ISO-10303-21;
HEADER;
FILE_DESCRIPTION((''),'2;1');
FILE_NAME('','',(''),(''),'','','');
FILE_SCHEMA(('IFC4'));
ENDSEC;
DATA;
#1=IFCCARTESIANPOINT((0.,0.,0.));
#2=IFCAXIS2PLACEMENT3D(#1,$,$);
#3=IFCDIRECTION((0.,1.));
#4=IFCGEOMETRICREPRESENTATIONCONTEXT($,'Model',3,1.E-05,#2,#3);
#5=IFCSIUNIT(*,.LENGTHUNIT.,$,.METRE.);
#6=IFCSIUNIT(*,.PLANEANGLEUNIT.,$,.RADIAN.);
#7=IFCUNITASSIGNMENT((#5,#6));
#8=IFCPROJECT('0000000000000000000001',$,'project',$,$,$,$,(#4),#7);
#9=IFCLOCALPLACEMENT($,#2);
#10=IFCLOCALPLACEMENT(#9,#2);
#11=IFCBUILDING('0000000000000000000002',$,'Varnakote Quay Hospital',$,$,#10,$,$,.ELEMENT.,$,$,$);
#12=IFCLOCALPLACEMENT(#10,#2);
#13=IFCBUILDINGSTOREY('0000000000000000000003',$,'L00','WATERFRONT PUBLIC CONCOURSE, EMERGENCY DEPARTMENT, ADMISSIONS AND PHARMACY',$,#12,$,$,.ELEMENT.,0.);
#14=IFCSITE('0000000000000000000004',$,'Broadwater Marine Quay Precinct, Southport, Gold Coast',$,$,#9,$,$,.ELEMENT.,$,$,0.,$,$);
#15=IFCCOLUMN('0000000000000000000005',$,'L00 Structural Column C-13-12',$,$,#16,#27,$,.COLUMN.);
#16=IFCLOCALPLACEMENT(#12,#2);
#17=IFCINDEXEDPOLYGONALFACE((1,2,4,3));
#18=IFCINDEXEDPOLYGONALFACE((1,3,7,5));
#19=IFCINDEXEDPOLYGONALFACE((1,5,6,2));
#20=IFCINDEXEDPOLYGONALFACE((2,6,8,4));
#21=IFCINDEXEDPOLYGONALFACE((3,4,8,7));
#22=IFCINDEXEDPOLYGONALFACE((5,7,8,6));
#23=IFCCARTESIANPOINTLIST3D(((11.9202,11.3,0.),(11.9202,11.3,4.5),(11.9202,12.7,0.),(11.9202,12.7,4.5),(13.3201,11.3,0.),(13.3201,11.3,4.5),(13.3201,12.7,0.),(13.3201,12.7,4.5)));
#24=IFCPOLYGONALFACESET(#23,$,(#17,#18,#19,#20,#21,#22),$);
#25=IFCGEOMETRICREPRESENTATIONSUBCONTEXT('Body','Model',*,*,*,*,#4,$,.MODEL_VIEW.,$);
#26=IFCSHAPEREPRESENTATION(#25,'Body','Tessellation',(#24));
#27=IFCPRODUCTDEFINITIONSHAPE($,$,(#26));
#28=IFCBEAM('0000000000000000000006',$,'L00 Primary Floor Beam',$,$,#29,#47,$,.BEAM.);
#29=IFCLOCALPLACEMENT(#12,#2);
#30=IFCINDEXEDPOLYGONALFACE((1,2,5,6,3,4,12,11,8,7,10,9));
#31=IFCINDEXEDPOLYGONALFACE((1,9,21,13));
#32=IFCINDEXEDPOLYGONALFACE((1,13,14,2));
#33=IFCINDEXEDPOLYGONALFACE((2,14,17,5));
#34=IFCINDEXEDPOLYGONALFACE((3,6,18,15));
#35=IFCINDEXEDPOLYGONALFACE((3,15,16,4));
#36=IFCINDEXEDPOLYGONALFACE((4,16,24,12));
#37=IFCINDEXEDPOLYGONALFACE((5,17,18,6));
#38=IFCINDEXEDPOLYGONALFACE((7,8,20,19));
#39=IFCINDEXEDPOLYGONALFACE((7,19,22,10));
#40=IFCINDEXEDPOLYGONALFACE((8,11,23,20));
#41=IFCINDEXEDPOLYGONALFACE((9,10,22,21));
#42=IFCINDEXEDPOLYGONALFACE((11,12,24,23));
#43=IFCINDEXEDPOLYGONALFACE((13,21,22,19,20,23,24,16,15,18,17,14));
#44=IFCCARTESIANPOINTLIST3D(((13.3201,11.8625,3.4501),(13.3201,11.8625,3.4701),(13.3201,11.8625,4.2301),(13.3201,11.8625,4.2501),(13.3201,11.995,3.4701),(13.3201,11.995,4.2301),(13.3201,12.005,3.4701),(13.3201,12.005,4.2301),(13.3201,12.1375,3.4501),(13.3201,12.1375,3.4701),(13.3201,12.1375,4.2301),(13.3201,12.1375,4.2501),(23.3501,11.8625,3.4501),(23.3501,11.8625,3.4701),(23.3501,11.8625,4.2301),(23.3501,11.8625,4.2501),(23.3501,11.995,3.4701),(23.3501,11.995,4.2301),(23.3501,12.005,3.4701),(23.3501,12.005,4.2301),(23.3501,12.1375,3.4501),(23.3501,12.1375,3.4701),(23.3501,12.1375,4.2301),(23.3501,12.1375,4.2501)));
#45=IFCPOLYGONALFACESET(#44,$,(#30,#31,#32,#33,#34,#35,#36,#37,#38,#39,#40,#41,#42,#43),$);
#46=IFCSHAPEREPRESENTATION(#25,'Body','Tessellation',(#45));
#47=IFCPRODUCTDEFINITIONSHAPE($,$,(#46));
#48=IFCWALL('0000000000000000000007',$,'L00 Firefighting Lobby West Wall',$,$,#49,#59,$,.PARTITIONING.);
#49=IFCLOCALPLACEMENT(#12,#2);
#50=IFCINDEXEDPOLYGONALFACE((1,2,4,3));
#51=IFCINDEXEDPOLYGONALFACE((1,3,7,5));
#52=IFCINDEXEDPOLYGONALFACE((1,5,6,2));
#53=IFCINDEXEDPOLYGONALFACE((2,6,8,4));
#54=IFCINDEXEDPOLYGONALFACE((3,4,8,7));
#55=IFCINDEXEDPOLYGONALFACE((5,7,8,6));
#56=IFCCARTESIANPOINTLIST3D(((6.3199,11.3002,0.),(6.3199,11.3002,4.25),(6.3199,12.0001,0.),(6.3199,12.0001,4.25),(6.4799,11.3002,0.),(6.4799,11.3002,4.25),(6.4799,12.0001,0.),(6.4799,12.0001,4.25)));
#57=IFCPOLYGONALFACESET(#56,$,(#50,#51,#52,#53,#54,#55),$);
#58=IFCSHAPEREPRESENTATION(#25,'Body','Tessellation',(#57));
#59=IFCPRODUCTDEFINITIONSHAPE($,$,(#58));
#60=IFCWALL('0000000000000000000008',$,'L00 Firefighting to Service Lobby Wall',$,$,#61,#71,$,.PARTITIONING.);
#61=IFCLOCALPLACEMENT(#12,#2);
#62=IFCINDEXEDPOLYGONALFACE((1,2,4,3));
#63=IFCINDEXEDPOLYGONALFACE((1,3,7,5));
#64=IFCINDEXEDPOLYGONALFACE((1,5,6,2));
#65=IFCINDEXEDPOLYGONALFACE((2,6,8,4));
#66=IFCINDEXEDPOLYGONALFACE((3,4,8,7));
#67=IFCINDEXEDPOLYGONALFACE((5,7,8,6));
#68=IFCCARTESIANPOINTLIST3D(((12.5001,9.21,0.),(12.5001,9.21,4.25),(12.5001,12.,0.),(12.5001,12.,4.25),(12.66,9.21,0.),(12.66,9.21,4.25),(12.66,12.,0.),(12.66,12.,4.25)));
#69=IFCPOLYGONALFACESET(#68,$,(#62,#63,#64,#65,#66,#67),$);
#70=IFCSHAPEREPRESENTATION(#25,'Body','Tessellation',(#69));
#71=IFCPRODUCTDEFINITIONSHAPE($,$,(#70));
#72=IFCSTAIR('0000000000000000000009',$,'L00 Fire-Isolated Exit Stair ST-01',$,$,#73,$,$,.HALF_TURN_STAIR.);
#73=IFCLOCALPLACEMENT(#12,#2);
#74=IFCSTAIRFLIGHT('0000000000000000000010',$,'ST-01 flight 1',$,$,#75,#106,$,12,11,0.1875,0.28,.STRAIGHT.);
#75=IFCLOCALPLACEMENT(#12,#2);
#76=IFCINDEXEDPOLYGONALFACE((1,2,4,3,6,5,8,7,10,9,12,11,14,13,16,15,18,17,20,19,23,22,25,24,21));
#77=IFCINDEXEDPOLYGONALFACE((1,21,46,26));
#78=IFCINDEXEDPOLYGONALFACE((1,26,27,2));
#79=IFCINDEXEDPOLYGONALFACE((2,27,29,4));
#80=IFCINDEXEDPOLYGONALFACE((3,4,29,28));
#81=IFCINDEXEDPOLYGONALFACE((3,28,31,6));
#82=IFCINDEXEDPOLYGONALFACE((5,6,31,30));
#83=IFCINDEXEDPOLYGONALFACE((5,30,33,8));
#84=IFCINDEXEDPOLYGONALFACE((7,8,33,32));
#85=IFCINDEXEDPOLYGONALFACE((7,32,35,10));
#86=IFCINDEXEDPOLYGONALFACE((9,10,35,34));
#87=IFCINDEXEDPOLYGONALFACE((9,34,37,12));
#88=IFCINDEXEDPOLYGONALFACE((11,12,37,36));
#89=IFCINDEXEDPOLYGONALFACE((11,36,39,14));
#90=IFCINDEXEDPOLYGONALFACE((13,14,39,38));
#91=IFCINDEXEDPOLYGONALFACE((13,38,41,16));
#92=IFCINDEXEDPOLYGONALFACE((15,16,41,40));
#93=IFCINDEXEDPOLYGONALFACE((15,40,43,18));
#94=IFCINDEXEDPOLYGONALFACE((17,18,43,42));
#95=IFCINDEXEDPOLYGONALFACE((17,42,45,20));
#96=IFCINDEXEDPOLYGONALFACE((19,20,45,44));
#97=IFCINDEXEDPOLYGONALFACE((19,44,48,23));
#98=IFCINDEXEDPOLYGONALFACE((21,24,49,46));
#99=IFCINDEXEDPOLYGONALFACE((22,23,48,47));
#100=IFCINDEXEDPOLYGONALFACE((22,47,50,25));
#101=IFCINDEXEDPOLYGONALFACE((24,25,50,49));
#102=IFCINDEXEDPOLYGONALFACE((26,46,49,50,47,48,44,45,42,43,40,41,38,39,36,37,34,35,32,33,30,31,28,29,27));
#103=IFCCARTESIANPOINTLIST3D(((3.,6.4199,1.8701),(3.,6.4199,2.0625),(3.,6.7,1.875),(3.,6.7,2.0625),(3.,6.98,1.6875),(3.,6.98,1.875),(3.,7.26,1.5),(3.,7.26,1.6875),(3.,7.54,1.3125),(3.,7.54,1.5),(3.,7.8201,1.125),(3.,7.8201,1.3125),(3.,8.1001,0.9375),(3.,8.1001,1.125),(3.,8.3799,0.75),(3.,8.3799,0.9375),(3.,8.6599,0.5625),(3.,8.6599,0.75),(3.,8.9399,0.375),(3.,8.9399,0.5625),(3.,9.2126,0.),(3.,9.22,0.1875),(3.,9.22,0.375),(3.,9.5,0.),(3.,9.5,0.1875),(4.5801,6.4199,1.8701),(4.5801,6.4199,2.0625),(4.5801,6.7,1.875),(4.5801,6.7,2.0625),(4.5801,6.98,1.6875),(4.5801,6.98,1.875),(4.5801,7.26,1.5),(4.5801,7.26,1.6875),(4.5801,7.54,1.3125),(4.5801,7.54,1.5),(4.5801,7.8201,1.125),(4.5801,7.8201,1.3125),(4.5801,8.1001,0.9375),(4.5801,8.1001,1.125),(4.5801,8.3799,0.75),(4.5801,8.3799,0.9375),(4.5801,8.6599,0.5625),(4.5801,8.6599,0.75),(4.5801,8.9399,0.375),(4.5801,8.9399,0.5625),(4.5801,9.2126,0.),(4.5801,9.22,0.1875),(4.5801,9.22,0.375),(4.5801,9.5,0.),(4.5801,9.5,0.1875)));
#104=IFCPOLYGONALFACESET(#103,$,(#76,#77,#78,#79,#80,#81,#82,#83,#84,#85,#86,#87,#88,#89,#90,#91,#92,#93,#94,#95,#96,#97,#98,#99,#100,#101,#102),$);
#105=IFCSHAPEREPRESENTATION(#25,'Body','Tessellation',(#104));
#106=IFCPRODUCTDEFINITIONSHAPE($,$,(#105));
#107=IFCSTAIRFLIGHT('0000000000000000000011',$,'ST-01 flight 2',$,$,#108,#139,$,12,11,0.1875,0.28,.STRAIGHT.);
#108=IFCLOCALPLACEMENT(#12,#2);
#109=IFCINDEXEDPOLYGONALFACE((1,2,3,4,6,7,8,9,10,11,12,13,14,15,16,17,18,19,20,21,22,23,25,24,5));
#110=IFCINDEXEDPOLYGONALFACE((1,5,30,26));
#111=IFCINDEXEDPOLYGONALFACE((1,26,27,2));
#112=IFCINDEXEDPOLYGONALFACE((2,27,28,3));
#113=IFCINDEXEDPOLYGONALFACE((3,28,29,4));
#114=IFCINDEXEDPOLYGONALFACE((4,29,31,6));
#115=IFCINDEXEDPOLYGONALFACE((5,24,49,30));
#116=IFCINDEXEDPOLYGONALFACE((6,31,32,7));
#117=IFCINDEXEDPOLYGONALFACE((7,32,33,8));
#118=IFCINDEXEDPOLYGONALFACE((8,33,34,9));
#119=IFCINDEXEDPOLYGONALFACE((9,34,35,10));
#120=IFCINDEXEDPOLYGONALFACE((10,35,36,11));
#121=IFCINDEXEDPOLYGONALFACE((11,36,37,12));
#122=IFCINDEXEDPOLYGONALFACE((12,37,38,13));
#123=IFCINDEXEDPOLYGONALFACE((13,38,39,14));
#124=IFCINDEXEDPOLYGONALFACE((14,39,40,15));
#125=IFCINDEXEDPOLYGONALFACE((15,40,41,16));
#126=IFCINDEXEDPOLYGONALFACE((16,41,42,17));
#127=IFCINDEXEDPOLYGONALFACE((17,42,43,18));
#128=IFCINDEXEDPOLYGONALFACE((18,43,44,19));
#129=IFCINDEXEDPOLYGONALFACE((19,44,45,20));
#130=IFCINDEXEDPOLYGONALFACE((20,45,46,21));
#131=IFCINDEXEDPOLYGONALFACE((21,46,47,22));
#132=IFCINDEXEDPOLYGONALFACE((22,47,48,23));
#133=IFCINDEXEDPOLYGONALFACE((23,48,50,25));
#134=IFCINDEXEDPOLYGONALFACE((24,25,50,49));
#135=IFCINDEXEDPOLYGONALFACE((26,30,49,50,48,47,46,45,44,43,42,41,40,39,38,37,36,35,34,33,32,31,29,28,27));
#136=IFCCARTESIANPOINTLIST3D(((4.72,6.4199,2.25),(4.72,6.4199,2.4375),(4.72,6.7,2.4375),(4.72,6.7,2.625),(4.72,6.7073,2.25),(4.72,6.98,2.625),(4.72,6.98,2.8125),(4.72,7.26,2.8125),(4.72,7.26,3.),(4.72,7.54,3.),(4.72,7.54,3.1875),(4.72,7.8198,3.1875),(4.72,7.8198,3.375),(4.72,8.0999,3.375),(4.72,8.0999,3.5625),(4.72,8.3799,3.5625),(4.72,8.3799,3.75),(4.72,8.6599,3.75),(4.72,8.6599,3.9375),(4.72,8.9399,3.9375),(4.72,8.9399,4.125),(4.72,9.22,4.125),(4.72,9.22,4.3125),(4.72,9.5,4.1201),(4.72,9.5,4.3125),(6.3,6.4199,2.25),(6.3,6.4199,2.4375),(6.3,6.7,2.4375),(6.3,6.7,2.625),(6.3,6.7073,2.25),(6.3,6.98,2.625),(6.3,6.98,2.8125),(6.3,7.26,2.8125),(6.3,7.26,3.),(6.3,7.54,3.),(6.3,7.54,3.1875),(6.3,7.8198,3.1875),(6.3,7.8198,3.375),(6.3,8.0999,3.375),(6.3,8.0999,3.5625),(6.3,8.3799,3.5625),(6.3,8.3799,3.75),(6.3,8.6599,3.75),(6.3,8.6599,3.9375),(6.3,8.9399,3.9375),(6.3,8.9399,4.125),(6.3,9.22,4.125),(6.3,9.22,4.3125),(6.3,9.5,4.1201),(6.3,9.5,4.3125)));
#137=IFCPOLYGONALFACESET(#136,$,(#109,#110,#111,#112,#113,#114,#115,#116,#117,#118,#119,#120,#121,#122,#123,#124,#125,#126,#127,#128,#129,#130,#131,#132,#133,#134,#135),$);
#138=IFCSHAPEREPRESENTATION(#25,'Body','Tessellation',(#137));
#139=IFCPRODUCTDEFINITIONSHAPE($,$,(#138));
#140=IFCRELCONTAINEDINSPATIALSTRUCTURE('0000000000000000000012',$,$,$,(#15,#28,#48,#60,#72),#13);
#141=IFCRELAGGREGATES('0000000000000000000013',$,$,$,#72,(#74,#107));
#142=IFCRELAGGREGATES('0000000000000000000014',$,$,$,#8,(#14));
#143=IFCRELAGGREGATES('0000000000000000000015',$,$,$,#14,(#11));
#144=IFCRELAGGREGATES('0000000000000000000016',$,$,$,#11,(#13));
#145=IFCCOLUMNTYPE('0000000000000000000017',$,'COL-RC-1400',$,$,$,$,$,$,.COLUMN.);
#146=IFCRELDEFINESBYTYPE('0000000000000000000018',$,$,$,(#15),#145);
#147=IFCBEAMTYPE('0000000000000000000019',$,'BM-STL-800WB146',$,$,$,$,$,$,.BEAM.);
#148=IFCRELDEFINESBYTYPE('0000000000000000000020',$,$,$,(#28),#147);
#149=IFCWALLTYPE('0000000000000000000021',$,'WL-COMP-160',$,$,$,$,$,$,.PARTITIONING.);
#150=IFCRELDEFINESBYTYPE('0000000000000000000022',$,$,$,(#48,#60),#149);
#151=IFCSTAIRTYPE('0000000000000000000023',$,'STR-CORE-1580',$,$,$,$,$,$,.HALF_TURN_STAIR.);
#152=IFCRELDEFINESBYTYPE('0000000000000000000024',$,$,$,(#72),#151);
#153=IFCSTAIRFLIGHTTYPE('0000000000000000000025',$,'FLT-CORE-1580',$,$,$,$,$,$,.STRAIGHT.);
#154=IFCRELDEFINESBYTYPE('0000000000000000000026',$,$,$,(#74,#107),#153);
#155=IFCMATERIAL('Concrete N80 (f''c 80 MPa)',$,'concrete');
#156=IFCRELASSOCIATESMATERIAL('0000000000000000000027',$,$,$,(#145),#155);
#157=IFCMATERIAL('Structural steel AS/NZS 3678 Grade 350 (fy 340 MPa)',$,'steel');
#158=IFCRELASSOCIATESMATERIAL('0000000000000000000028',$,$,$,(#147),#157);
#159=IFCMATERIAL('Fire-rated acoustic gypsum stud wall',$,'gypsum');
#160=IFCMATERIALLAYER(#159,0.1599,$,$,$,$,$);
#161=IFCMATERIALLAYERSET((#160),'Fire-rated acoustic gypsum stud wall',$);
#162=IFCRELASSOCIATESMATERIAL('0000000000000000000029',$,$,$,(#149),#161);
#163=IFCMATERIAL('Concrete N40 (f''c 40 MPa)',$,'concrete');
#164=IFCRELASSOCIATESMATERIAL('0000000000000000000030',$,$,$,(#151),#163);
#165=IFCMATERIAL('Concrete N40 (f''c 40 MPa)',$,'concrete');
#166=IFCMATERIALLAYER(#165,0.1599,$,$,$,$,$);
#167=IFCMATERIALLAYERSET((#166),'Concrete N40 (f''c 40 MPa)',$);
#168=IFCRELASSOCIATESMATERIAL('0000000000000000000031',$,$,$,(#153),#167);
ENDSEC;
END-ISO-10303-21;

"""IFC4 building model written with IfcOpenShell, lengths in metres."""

from ifc_helpers import new_model, si_unit, direction, frame, frame_2d, origin, origin_2d, place, context, subcontext, project, spatial, polyline, rectangle, i_section, outline, extrude, material, layer, layer_set, material_profile, profile_set, type_object, element, aggregate, save


model = new_model("IFC4")

# Units and contexts
model_context = context("Model", 3, precision=1e-05, world=origin(), true_north=direction((0.0, 1.0)))
body_context = subcontext(model_context, "Body", "Model", "MODEL_VIEW")
ifc_project = project(units=[si_unit("LENGTHUNIT", "METRE"), si_unit("PLANEANGLEUNIT", "RADIAN")], contexts=[model_context])

# Site, building, storey
site_placement = place(None, origin())
site = spatial("IfcSite", under=ifc_project, at=site_placement, Name="Broadwater Marine Quay Precinct, Southport, Gold Coast", CompositionType="ELEMENT", RefElevation=0.0)
building_placement = place(site_placement, origin())
building = spatial("IfcBuilding", under=site, at=building_placement, Name="Varnakote Quay Hospital", CompositionType="ELEMENT")
storey_placement = place(building_placement, origin())
storey = spatial("IfcBuildingStorey", under=building, at=storey_placement, Name="L00", Description="WATERFRONT PUBLIC CONCOURSE, EMERGENCY DEPARTMENT, ADMISSIONS AND PHARMACY", CompositionType="ELEMENT", Elevation=0.0)

# Column
ifc_material_1 = material(Name="Concrete N80 (f'c 80 MPa)", Category="concrete")
ifc_material_profile_1 = material_profile(ifc_material_1, rectangle(XDim=1.3999, YDim=1.3999, at=origin_2d()), Name="RC-COL-1400x1400")
ifc_profile_set_1 = profile_set([ifc_material_profile_1], Name="Concrete N80 (f'c 80 MPa)")
column_type = type_object("IfcColumnType", Name="COL-RC-1400", PredefinedType="COLUMN", material=ifc_profile_set_1)
column_placement = place(storey_placement, frame((12.6201, 12.0, 0.0), z_axis=(0.0, 0.0, 1.0), x_axis=(1.0, 0.0, 0.0)))
element("IfcColumn", 1, at=column_placement, inside=storey, type_object=column_type, Name="L00 Structural Column C-13-12", PredefinedType="COLUMN", context=body_context, shape_type="SweptSolid", body=[
    extrude(rectangle(XDim=1.3999, YDim=1.3999, at=origin_2d()), origin(), (0.0, 0.0, 1.0), 4.5),
])

# Beam
ifc_material_2 = material(Name="Structural steel AS/NZS 3678 Grade 350 (fy 340 MPa)", Category="steel")
ifc_material_profile_2 = material_profile(ifc_material_2, i_section(OverallWidth=0.2749, OverallDepth=0.8, WebThickness=0.01, FlangeThickness=0.02, at=origin_2d()), Name="800WB146")
ifc_profile_set_2 = profile_set([ifc_material_profile_2], Name="Structural steel AS/NZS 3678 Grade 350 (fy 340 MPa)")
beam_type = type_object("IfcBeamType", Name="BM-STL-800WB146", PredefinedType="BEAM", material=ifc_profile_set_2)
beam_placement = place(storey_placement, frame((13.3201, 12.0, 3.8501), z_axis=(1.0, 0.0, 0.0), x_axis=(0.0, 1.0, 0.0)))
element("IfcBeam", 2, at=beam_placement, inside=storey, type_object=beam_type, Name="L00 Primary Floor Beam", PredefinedType="BEAM", context=body_context, shape_type="SweptSolid", body=[
    extrude(i_section(OverallWidth=0.2749, OverallDepth=0.8, WebThickness=0.01, FlangeThickness=0.02, at=origin_2d()), origin(), (0.0, 0.0, 1.0), 10.03),
])

# Walls
ifc_material_3 = material(Name="Fire-rated acoustic gypsum stud wall", Category="gypsum")
ifc_layer_1 = layer(ifc_material_3, 0.1599)
ifc_layer_set_1 = layer_set([ifc_layer_1], Name="Fire-rated acoustic gypsum stud wall")
wall_type_1 = type_object("IfcWallType", Name="WL-COMP-160", PredefinedType="PARTITIONING", material=ifc_layer_set_1)
wall_1_placement = place(storey_placement, frame((6.3999, 11.3, 0.0), z_axis=(0.0, 0.0, 1.0), x_axis=(0.0, 1.0, 0.0)))
element("IfcWall", 3, at=wall_1_placement, inside=storey, type_object=wall_type_1, Name="L00 Firefighting Lobby West Wall", PredefinedType="PARTITIONING", context=body_context, shape_type="SweptSolid", body=[
    extrude(rectangle(XDim=0.7, YDim=0.1599, at=frame_2d((0.3501, 0.0))), origin(), (0.0, 0.0, 1.0), 4.25),
])
wall_2_placement = place(storey_placement, frame((12.5801, 9.21, 0.0), z_axis=(0.0, 0.0, 1.0), x_axis=(0.0, 1.0, 0.0)))
element("IfcWall", 4, at=wall_2_placement, inside=storey, type_object=wall_type_1, Name="L00 Firefighting to Service Lobby Wall", PredefinedType="PARTITIONING", context=body_context, shape_type="SweptSolid", body=[
    extrude(rectangle(XDim=2.79, YDim=0.1599, at=frame_2d((1.395, 0.0))), origin(), (0.0, 0.0, 1.0), 4.25),
])

# Stair, stair flights
ifc_material_4 = material(Name="Concrete N40 (f'c 40 MPa)", Category="concrete")
stair_type = type_object("IfcStairType", Name="STR-CORE-1580", PredefinedType="HALF_TURN_STAIR", material=ifc_material_4)
stair_placement = place(storey_placement, origin())
stair = element("IfcStair", 5, at=stair_placement, inside=storey, type_object=stair_type, Name="L00 Fire-Isolated Exit Stair ST-01", PredefinedType="HALF_TURN_STAIR")
ifc_material_5 = material(Name="Concrete N40 (f'c 40 MPa)", Category="concrete")
ifc_layer_2 = layer(ifc_material_5, 0.1599)
ifc_layer_set_2 = layer_set([ifc_layer_2], Name="Concrete N40 (f'c 40 MPa)")
stair_flight_type = type_object("IfcStairFlightType", Name="FLT-CORE-1580", PredefinedType="STRAIGHT", material=ifc_layer_set_2)
stair_flight_1_placement = place(storey_placement, frame((3.79, 9.5, 0.0), z_axis=(0.0, 0.0, 1.0), x_axis=(0.0, -1.0, 0.0)))
stair_flight_1 = element("IfcStairFlight", 6, at=stair_flight_1_placement, type_object=stair_flight_type, Name="ST-01 flight 1", NumberOfRisers=12, NumberOfTreads=11, PredefinedType="STRAIGHT", RiserHeight=0.1875, TreadLength=0.28, context=body_context, shape_type="SweptSolid", body=[
    extrude(outline(polyline([(0.0, 0.0), (0.0, 0.1875), (0.28, 0.1875), (0.28, 0.375), (0.5601, 0.375), (0.5601, 0.5625), (0.8401, 0.5625), (0.8401, 0.75), (1.1201, 0.75), (1.1201, 0.9375), (1.3999, 0.9375), (1.3999, 1.125), (1.6799, 1.125), (1.6799, 1.3125), (1.96, 1.3125), (1.96, 1.5), (2.24, 1.5), (2.24, 1.6875), (2.52, 1.6875), (2.52, 1.875), (2.8, 1.875), (2.8, 2.0625), (3.0801, 2.0625), (3.0801, 2.25), (3.0801, 1.8701), (0.2874, 0.0), (0.0, 0.0)])), frame((0.0, 0.79, 0.0), z_axis=(0.0, -1.0, 0.0), x_axis=(1.0, 0.0, 0.0)), (0.0, 0.0, 1.0), 1.5801),
])
stair_flight_2_placement = place(storey_placement, frame((5.51, 6.4199, 2.25), z_axis=(0.0, 0.0, 1.0), x_axis=(0.0, 1.0, 0.0)))
stair_flight_2 = element("IfcStairFlight", 7, at=stair_flight_2_placement, type_object=stair_flight_type, Name="ST-01 flight 2", NumberOfRisers=12, NumberOfTreads=11, PredefinedType="STRAIGHT", RiserHeight=0.1875, TreadLength=0.28, context=body_context, shape_type="SweptSolid", body=[
    extrude(outline(polyline([(0.0, 0.0), (0.0, 0.1875), (0.28, 0.1875), (0.28, 0.375), (0.5601, 0.375), (0.5601, 0.5625), (0.8401, 0.5625), (0.8401, 0.75), (1.1201, 0.75), (1.1201, 0.9375), (1.3999, 0.9375), (1.3999, 1.125), (1.6799, 1.125), (1.6799, 1.3125), (1.96, 1.3125), (1.96, 1.5), (2.24, 1.5), (2.24, 1.6875), (2.52, 1.6875), (2.52, 1.875), (2.8, 1.875), (2.8, 2.0625), (3.0801, 2.0625), (3.0801, 2.25), (3.0801, 1.8701), (0.2874, 0.0), (0.0, 0.0)])), frame((0.0, 0.79, 0.0), z_axis=(0.0, -1.0, 0.0), x_axis=(1.0, 0.0, 0.0)), (0.0, 0.0, 1.0), 1.5801),
])
aggregate(stair, [stair_flight_1, stair_flight_2])

save(model, "model.ifc")
